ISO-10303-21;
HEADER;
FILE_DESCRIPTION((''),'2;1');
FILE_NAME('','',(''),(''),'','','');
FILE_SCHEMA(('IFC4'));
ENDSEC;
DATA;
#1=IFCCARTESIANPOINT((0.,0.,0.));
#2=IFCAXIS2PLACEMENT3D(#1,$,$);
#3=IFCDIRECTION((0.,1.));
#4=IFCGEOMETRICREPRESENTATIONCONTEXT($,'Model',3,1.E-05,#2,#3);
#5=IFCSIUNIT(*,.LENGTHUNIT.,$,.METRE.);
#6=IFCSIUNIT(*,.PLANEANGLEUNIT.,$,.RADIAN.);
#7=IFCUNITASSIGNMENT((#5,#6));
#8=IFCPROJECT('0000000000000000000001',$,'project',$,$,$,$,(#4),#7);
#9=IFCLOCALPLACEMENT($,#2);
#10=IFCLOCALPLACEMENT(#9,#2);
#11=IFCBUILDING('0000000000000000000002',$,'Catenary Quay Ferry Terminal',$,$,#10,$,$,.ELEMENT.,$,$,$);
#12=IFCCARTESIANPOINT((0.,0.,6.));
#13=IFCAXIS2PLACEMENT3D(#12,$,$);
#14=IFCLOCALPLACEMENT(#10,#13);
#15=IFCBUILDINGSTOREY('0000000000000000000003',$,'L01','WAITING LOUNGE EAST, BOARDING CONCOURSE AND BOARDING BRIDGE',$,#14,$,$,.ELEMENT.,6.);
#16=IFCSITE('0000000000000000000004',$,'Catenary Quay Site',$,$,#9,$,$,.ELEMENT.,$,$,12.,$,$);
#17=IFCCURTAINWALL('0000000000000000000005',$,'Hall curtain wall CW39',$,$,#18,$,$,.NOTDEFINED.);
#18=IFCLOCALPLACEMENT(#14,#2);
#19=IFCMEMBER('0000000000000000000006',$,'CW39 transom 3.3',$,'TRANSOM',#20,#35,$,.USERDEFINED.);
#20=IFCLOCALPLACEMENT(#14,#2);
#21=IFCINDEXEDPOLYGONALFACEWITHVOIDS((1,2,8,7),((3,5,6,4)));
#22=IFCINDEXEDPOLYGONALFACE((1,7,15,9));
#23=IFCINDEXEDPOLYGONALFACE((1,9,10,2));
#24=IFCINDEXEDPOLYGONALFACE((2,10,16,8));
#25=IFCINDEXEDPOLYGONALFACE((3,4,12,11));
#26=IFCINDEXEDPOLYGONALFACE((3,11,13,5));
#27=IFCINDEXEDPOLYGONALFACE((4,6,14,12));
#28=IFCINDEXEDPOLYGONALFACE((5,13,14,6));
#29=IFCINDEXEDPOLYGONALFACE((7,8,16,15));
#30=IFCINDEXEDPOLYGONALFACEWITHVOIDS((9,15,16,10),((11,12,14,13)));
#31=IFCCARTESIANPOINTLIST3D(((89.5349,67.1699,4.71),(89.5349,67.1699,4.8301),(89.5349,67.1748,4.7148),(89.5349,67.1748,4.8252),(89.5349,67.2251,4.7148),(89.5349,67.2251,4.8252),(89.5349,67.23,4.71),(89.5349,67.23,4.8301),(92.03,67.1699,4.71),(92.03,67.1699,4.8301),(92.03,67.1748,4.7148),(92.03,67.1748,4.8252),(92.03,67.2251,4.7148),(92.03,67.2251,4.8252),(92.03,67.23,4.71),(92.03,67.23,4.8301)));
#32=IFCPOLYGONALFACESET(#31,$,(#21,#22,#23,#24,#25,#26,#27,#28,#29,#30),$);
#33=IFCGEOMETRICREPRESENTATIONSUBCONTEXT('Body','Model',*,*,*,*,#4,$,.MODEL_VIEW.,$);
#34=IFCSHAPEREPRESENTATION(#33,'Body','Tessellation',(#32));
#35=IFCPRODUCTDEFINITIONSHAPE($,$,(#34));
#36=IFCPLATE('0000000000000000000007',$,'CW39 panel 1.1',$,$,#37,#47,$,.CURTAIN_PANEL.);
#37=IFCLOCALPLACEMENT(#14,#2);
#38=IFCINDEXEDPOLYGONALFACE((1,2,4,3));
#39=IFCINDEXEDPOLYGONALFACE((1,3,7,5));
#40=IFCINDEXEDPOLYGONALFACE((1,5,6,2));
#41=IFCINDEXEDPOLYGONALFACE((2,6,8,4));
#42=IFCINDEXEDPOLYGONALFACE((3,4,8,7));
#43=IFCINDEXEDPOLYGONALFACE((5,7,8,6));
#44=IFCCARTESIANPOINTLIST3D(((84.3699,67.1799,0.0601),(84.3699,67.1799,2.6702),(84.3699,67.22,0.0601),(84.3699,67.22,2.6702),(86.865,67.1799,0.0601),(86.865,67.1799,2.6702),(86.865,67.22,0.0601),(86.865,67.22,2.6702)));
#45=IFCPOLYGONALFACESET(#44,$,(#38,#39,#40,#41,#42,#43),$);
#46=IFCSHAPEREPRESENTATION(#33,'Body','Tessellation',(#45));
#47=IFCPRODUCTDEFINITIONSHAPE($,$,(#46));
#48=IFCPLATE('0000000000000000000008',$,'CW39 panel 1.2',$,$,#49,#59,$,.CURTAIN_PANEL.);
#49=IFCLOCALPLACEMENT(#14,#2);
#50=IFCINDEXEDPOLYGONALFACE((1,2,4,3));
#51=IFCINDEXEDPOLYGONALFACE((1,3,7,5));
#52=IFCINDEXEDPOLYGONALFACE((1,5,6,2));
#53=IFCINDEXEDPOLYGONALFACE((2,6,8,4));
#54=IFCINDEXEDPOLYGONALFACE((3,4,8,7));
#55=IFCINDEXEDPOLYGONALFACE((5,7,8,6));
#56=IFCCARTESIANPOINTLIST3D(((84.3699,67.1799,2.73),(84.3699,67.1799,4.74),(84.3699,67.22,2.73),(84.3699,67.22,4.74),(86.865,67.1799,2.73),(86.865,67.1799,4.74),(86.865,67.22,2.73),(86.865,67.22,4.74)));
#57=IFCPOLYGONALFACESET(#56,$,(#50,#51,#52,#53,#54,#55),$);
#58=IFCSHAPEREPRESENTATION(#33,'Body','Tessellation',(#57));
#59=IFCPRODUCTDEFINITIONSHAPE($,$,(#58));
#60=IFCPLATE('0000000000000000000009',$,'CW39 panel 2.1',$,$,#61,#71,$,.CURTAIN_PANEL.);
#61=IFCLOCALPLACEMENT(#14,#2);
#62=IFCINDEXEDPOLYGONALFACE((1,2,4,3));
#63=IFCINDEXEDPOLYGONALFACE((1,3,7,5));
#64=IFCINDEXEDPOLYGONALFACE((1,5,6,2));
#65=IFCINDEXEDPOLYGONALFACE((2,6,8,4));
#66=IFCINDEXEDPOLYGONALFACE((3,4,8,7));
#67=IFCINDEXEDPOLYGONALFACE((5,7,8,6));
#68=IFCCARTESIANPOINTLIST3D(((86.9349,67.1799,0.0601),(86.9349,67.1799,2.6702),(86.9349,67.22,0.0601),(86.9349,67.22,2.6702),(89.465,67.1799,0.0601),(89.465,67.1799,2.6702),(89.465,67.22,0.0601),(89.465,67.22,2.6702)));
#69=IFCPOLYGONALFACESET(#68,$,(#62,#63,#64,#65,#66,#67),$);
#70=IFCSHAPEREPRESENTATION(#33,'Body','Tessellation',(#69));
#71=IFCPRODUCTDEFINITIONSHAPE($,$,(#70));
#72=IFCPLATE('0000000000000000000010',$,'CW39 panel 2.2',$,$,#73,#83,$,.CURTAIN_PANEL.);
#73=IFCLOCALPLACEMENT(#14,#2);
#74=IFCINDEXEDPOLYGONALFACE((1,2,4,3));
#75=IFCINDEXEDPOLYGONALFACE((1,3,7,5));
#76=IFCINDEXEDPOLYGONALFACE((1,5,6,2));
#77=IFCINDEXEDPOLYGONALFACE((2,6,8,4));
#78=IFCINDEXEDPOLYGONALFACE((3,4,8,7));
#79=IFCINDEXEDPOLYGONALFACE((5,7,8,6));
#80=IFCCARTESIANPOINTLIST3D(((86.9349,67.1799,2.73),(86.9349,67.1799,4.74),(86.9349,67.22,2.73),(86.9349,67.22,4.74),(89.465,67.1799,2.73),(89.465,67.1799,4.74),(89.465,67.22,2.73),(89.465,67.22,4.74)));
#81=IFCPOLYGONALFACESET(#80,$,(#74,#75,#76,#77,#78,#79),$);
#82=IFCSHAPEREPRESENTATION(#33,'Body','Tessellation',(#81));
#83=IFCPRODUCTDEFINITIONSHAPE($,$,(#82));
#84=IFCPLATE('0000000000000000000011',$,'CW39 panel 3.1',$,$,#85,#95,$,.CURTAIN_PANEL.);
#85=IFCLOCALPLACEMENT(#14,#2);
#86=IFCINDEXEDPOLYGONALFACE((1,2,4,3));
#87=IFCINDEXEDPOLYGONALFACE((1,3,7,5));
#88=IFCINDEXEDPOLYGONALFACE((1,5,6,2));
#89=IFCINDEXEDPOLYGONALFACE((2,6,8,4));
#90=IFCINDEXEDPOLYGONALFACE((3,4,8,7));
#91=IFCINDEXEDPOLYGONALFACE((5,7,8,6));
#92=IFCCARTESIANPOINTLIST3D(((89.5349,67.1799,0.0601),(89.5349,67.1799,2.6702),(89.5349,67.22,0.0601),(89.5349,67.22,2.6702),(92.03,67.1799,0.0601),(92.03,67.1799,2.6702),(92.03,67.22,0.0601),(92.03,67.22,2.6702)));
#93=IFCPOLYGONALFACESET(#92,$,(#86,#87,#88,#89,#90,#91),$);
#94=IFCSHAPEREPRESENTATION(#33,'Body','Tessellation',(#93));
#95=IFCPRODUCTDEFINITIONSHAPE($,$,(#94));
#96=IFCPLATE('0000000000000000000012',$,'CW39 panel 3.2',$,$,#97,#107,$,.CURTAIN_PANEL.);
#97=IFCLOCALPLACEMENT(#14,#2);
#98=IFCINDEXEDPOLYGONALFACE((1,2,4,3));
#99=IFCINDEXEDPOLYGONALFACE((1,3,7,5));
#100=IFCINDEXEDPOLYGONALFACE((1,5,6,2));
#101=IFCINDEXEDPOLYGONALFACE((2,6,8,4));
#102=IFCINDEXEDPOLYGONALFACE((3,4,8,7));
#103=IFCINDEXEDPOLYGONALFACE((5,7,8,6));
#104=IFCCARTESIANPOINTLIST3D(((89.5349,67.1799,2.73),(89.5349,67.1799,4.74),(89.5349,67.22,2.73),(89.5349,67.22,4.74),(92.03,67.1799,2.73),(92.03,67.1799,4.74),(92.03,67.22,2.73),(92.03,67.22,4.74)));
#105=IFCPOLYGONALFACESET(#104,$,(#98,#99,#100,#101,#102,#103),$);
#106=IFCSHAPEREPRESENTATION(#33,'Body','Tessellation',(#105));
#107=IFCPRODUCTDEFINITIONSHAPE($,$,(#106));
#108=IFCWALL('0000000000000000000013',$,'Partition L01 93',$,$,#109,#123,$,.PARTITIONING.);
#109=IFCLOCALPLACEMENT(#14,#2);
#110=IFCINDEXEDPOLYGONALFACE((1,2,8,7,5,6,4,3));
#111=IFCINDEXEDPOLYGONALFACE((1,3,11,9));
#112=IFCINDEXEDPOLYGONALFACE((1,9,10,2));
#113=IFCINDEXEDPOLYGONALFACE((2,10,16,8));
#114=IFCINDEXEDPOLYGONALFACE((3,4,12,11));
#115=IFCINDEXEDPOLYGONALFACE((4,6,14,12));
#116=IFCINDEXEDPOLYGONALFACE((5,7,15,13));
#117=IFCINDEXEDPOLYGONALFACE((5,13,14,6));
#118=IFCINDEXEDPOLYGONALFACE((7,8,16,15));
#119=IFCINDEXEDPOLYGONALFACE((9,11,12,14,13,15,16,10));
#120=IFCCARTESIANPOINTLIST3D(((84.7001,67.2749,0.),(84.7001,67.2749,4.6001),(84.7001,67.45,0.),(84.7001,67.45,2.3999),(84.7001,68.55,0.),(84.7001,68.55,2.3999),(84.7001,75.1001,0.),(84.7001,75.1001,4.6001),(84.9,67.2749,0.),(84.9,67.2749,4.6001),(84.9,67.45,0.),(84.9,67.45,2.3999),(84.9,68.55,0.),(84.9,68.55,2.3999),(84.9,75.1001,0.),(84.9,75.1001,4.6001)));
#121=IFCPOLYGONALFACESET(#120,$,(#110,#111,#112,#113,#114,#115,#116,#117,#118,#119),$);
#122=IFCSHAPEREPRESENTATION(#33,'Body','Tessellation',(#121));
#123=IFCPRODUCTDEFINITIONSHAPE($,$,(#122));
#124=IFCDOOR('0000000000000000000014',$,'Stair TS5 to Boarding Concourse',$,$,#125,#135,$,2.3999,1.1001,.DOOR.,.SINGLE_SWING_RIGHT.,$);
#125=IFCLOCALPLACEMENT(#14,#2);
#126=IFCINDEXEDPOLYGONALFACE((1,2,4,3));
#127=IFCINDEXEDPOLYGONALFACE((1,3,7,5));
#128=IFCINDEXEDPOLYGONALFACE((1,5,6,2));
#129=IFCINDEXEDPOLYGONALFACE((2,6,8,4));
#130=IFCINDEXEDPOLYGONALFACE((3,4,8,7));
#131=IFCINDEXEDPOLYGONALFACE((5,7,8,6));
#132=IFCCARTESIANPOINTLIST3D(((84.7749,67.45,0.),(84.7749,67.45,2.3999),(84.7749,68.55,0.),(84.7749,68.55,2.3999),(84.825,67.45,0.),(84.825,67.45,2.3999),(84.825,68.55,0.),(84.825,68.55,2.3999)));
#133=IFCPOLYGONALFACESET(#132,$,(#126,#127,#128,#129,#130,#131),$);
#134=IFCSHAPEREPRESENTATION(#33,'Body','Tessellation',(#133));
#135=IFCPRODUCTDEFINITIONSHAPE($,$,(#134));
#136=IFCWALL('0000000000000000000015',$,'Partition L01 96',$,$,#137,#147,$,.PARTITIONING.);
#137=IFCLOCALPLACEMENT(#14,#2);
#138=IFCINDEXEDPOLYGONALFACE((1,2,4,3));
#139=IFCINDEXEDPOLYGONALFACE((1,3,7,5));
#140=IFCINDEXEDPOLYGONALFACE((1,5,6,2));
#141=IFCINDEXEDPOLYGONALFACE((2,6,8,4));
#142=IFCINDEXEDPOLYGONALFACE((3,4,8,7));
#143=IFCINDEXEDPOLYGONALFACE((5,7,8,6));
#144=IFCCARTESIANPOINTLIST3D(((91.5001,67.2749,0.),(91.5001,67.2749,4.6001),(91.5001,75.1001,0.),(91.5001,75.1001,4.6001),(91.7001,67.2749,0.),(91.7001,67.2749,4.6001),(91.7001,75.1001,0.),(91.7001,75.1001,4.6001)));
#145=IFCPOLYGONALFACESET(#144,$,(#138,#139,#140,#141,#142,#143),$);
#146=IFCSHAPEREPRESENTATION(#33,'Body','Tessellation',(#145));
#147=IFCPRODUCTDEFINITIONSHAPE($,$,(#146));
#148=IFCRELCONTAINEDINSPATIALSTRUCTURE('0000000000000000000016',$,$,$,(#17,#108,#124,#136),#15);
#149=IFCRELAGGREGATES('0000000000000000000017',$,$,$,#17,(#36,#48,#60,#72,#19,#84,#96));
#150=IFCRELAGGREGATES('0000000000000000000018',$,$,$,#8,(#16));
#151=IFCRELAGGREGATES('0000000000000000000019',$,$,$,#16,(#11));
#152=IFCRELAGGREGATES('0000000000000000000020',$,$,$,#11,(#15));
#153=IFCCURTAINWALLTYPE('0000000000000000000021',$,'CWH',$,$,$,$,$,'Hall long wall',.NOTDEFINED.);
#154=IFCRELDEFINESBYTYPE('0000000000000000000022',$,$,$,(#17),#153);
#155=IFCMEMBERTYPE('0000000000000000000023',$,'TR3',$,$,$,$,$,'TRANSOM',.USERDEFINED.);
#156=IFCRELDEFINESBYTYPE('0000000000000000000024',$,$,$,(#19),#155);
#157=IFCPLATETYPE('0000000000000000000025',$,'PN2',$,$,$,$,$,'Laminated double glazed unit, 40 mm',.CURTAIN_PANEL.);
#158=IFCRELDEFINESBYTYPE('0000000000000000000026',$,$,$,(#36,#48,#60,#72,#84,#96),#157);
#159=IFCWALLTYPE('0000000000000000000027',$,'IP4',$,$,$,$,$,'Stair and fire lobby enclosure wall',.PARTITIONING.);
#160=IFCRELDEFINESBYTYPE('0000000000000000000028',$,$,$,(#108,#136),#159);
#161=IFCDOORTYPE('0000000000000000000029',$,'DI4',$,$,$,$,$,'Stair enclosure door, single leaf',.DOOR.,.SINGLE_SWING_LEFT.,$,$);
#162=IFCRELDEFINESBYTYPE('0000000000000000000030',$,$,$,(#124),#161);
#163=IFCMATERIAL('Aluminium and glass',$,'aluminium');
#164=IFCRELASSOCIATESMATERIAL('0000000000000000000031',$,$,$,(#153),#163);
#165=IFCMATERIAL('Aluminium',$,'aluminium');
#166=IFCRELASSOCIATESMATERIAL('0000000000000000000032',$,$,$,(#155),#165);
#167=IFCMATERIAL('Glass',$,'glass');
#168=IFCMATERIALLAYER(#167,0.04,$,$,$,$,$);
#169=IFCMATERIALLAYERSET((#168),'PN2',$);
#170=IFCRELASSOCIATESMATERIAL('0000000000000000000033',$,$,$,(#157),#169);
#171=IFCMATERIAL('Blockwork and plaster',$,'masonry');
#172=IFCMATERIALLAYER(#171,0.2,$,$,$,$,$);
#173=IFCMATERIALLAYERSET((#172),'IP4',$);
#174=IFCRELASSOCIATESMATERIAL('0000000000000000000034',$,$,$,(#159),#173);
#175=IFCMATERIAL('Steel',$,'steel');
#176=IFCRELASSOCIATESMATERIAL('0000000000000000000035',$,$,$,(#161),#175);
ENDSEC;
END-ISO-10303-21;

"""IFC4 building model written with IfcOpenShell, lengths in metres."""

from ifc_helpers import new_model, si_unit, direction, frame, frame_2d, origin, origin_2d, place, context, subcontext, project, spatial, rectangle, hollow_rectangle, extrude, material, layer, layer_set, material_profile, profile_set, type_object, element, fill, aggregate, save


model = new_model("IFC4")

# Units and contexts
model_context = context("Model", 3, precision=1e-05, world=origin(), true_north=direction((0.0, 1.0)))
body_context = subcontext(model_context, "Body", "Model", "MODEL_VIEW")
ifc_project = project(units=[si_unit("LENGTHUNIT", "METRE"), si_unit("PLANEANGLEUNIT", "RADIAN")], contexts=[model_context])

# Site, building, storey
site_placement = place(None, origin())
site = spatial("IfcSite", under=ifc_project, at=site_placement, Name="Catenary Quay Site", CompositionType="ELEMENT", RefElevation=12.0)
building_placement = place(site_placement, origin())
building = spatial("IfcBuilding", under=site, at=building_placement, Name="Catenary Quay Ferry Terminal", CompositionType="ELEMENT")
storey_placement = place(building_placement, frame((0.0, 0.0, 6.0)))
storey = spatial("IfcBuildingStorey", under=building, at=storey_placement, Name="L01", Description="WAITING LOUNGE EAST, BOARDING CONCOURSE AND BOARDING BRIDGE", CompositionType="ELEMENT", Elevation=6.0)

# Curtain wall
ifc_material_1 = material(Name="Aluminium and glass", Category="aluminium")
curtain_wall_type_1 = type_object("IfcCurtainWallType", Name="CWH", ElementType="Hall long wall", PredefinedType="NOTDEFINED", material=ifc_material_1)
curtain_wall_1_placement = place(storey_placement, origin())
curtain_wall_1 = element("IfcCurtainWall", 1, at=curtain_wall_1_placement, inside=storey, type_object=curtain_wall_type_1, Name="Hall curtain wall CW39", PredefinedType="NOTDEFINED")

# Member
ifc_material_2 = material(Name="Aluminium", Category="aluminium")
ifc_material_profile_1 = material_profile(ifc_material_2, hollow_rectangle(XDim=0.0601, YDim=0.1201, WallThickness=0.0049, at=origin_2d()), Name="TR3")
ifc_profile_set_1 = profile_set([ifc_material_profile_1], Name="Aluminium")
member_type_1 = type_object("IfcMemberType", Name="TR3", ElementType="TRANSOM", PredefinedType="USERDEFINED", material=ifc_profile_set_1)
member_1_placement = place(storey_placement, frame((89.5349, 67.2, 4.77), z_axis=(1.0, 0.0, 0.0), x_axis=(0.0, 1.0, 0.0)))
member_1 = element("IfcMember", 2, at=member_1_placement, type_object=member_type_1, Name="CW39 transom 3.3", ObjectType="TRANSOM", PredefinedType="USERDEFINED", context=body_context, shape_type="SweptSolid", body=[
    extrude(hollow_rectangle(XDim=0.0601, YDim=0.1201, WallThickness=0.0049, at=origin_2d()), origin(), (0.0, 0.0, 1.0), 2.4951),
])

# Plates
ifc_material_3 = material(Name="Glass", Category="glass")
ifc_layer_1 = layer(ifc_material_3, 0.04)
ifc_layer_set_1 = layer_set([ifc_layer_1], Name="PN2")
plate_type = type_object("IfcPlateType", Name="PN2", ElementType="Laminated double glazed unit, 40 mm", PredefinedType="CURTAIN_PANEL", material=ifc_layer_set_1)
plate_1_placement = place(storey_placement, frame((85.6174, 67.2, 0.0601), z_axis=(0.0, 0.0, 1.0), x_axis=(1.0, 0.0, 0.0)))
plate_1 = element("IfcPlate", 3, at=plate_1_placement, type_object=plate_type, Name="CW39 panel 1.1", PredefinedType="CURTAIN_PANEL", context=body_context, shape_type="SweptSolid", body=[
    extrude(rectangle(XDim=2.4951, YDim=0.04, at=origin_2d()), origin(), (0.0, 0.0, 1.0), 2.6101),
])
plate_2_placement = place(storey_placement, frame((85.6174, 67.2, 2.73), z_axis=(0.0, 0.0, 1.0), x_axis=(1.0, 0.0, 0.0)))
plate_2 = element("IfcPlate", 4, at=plate_2_placement, type_object=plate_type, Name="CW39 panel 1.2", PredefinedType="CURTAIN_PANEL", context=body_context, shape_type="SweptSolid", body=[
    extrude(rectangle(XDim=2.4951, YDim=0.04, at=origin_2d()), origin(), (0.0, 0.0, 1.0), 2.01),
])
plate_3_placement = place(storey_placement, frame((88.2, 67.2, 0.0601), z_axis=(0.0, 0.0, 1.0), x_axis=(1.0, 0.0, 0.0)))
plate_3 = element("IfcPlate", 5, at=plate_3_placement, type_object=plate_type, Name="CW39 panel 2.1", PredefinedType="CURTAIN_PANEL", context=body_context, shape_type="SweptSolid", body=[
    extrude(rectangle(XDim=2.53, YDim=0.04, at=origin_2d()), origin(), (0.0, 0.0, 1.0), 2.6101),
])
plate_4_placement = place(storey_placement, frame((88.2, 67.2, 2.73), z_axis=(0.0, 0.0, 1.0), x_axis=(1.0, 0.0, 0.0)))
plate_4 = element("IfcPlate", 6, at=plate_4_placement, type_object=plate_type, Name="CW39 panel 2.2", PredefinedType="CURTAIN_PANEL", context=body_context, shape_type="SweptSolid", body=[
    extrude(rectangle(XDim=2.53, YDim=0.04, at=origin_2d()), origin(), (0.0, 0.0, 1.0), 2.01),
])
plate_5_placement = place(storey_placement, frame((90.7825, 67.2, 0.0601), z_axis=(0.0, 0.0, 1.0), x_axis=(1.0, 0.0, 0.0)))
plate_5 = element("IfcPlate", 7, at=plate_5_placement, type_object=plate_type, Name="CW39 panel 3.1", PredefinedType="CURTAIN_PANEL", context=body_context, shape_type="SweptSolid", body=[
    extrude(rectangle(XDim=2.4951, YDim=0.04, at=origin_2d()), origin(), (0.0, 0.0, 1.0), 2.6101),
])
plate_6_placement = place(storey_placement, frame((90.7825, 67.2, 2.73), z_axis=(0.0, 0.0, 1.0), x_axis=(1.0, 0.0, 0.0)))
plate_6 = element("IfcPlate", 8, at=plate_6_placement, type_object=plate_type, Name="CW39 panel 3.2", PredefinedType="CURTAIN_PANEL", context=body_context, shape_type="SweptSolid", body=[
    extrude(rectangle(XDim=2.4951, YDim=0.04, at=origin_2d()), origin(), (0.0, 0.0, 1.0), 2.01),
])
aggregate(curtain_wall_1, [plate_1, plate_2, plate_3, plate_4, member_1, plate_5, plate_6])

# Wall, opening, door
ifc_material_4 = material(Name="Blockwork and plaster", Category="masonry")
ifc_layer_2 = layer(ifc_material_4, 0.2)
ifc_layer_set_2 = layer_set([ifc_layer_2], Name="IP4")
wall_type = type_object("IfcWallType", Name="IP4", ElementType="Stair and fire lobby enclosure wall", PredefinedType="PARTITIONING", material=ifc_layer_set_2)
wall_1_placement = place(storey_placement, frame((84.8, 67.2749, 0.0), z_axis=(0.0, 0.0, 1.0), x_axis=(0.0, 1.0, 0.0)))
wall_1 = element("IfcWall", 9, at=wall_1_placement, inside=storey, type_object=wall_type, Name="Partition L01 93", PredefinedType="PARTITIONING", context=body_context, shape_type="SweptSolid", body=[
    extrude(rectangle(XDim=7.8252, YDim=0.2, at=frame_2d((3.9126, 0.0))), origin(), (0.0, 0.0, 1.0), 4.6001),
])
opening_placement = place(wall_1_placement, frame((0.175, 0.0, 0.0)))
opening = element("IfcOpeningElement", 10, at=opening_placement, cuts=wall_1, PredefinedType="OPENING", context=body_context, shape_type="SweptSolid", body=[
    extrude(rectangle(XDim=1.1001, YDim=2.3999, at=frame_2d((0.55, 1.2))), frame((0.0, 0.1099, 0.0), z_axis=(0.0, -1.0, 0.0), x_axis=(1.0, 0.0, 0.0)), (0.0, 0.0, 1.0), 0.22),
])
ifc_material_5 = material(Name="Steel", Category="steel")
door_type = type_object("IfcDoorType", Name="DI4", ElementType="Stair enclosure door, single leaf", OperationType="SINGLE_SWING_LEFT", PredefinedType="DOOR", material=ifc_material_5)
door_placement = place(opening_placement, frame((1.1001, 0.0, 0.0), z_axis=(0.0, 0.0, 1.0), x_axis=(-1.0, 0.0, 0.0)))
door = element("IfcDoor", 11, at=door_placement, inside=storey, type_object=door_type, Name="Stair TS5 to Boarding Concourse", OperationType="SINGLE_SWING_RIGHT", OverallHeight=2.3999, OverallWidth=1.1001, PredefinedType="DOOR", context=body_context, shape_type="SweptSolid", body=[
    extrude(rectangle(XDim=1.1001, YDim=2.3999, at=frame_2d((0.55, 1.2))), frame((0.0, 0.0249, 0.0), z_axis=(0.0, -1.0, 0.0), x_axis=(1.0, 0.0, 0.0)), (0.0, 0.0, 1.0), 0.05),
])
fill(opening, door)

# Wall
wall_2_placement = place(storey_placement, frame((91.6001, 67.2749, 0.0), z_axis=(0.0, 0.0, 1.0), x_axis=(0.0, 1.0, 0.0)))
element("IfcWall", 12, at=wall_2_placement, inside=storey, type_object=wall_type, Name="Partition L01 96", PredefinedType="PARTITIONING", context=body_context, shape_type="SweptSolid", body=[
    extrude(rectangle(XDim=7.8252, YDim=0.2, at=frame_2d((3.9126, 0.0))), origin(), (0.0, 0.0, 1.0), 4.6001),
])

save(model, "model.ifc")
